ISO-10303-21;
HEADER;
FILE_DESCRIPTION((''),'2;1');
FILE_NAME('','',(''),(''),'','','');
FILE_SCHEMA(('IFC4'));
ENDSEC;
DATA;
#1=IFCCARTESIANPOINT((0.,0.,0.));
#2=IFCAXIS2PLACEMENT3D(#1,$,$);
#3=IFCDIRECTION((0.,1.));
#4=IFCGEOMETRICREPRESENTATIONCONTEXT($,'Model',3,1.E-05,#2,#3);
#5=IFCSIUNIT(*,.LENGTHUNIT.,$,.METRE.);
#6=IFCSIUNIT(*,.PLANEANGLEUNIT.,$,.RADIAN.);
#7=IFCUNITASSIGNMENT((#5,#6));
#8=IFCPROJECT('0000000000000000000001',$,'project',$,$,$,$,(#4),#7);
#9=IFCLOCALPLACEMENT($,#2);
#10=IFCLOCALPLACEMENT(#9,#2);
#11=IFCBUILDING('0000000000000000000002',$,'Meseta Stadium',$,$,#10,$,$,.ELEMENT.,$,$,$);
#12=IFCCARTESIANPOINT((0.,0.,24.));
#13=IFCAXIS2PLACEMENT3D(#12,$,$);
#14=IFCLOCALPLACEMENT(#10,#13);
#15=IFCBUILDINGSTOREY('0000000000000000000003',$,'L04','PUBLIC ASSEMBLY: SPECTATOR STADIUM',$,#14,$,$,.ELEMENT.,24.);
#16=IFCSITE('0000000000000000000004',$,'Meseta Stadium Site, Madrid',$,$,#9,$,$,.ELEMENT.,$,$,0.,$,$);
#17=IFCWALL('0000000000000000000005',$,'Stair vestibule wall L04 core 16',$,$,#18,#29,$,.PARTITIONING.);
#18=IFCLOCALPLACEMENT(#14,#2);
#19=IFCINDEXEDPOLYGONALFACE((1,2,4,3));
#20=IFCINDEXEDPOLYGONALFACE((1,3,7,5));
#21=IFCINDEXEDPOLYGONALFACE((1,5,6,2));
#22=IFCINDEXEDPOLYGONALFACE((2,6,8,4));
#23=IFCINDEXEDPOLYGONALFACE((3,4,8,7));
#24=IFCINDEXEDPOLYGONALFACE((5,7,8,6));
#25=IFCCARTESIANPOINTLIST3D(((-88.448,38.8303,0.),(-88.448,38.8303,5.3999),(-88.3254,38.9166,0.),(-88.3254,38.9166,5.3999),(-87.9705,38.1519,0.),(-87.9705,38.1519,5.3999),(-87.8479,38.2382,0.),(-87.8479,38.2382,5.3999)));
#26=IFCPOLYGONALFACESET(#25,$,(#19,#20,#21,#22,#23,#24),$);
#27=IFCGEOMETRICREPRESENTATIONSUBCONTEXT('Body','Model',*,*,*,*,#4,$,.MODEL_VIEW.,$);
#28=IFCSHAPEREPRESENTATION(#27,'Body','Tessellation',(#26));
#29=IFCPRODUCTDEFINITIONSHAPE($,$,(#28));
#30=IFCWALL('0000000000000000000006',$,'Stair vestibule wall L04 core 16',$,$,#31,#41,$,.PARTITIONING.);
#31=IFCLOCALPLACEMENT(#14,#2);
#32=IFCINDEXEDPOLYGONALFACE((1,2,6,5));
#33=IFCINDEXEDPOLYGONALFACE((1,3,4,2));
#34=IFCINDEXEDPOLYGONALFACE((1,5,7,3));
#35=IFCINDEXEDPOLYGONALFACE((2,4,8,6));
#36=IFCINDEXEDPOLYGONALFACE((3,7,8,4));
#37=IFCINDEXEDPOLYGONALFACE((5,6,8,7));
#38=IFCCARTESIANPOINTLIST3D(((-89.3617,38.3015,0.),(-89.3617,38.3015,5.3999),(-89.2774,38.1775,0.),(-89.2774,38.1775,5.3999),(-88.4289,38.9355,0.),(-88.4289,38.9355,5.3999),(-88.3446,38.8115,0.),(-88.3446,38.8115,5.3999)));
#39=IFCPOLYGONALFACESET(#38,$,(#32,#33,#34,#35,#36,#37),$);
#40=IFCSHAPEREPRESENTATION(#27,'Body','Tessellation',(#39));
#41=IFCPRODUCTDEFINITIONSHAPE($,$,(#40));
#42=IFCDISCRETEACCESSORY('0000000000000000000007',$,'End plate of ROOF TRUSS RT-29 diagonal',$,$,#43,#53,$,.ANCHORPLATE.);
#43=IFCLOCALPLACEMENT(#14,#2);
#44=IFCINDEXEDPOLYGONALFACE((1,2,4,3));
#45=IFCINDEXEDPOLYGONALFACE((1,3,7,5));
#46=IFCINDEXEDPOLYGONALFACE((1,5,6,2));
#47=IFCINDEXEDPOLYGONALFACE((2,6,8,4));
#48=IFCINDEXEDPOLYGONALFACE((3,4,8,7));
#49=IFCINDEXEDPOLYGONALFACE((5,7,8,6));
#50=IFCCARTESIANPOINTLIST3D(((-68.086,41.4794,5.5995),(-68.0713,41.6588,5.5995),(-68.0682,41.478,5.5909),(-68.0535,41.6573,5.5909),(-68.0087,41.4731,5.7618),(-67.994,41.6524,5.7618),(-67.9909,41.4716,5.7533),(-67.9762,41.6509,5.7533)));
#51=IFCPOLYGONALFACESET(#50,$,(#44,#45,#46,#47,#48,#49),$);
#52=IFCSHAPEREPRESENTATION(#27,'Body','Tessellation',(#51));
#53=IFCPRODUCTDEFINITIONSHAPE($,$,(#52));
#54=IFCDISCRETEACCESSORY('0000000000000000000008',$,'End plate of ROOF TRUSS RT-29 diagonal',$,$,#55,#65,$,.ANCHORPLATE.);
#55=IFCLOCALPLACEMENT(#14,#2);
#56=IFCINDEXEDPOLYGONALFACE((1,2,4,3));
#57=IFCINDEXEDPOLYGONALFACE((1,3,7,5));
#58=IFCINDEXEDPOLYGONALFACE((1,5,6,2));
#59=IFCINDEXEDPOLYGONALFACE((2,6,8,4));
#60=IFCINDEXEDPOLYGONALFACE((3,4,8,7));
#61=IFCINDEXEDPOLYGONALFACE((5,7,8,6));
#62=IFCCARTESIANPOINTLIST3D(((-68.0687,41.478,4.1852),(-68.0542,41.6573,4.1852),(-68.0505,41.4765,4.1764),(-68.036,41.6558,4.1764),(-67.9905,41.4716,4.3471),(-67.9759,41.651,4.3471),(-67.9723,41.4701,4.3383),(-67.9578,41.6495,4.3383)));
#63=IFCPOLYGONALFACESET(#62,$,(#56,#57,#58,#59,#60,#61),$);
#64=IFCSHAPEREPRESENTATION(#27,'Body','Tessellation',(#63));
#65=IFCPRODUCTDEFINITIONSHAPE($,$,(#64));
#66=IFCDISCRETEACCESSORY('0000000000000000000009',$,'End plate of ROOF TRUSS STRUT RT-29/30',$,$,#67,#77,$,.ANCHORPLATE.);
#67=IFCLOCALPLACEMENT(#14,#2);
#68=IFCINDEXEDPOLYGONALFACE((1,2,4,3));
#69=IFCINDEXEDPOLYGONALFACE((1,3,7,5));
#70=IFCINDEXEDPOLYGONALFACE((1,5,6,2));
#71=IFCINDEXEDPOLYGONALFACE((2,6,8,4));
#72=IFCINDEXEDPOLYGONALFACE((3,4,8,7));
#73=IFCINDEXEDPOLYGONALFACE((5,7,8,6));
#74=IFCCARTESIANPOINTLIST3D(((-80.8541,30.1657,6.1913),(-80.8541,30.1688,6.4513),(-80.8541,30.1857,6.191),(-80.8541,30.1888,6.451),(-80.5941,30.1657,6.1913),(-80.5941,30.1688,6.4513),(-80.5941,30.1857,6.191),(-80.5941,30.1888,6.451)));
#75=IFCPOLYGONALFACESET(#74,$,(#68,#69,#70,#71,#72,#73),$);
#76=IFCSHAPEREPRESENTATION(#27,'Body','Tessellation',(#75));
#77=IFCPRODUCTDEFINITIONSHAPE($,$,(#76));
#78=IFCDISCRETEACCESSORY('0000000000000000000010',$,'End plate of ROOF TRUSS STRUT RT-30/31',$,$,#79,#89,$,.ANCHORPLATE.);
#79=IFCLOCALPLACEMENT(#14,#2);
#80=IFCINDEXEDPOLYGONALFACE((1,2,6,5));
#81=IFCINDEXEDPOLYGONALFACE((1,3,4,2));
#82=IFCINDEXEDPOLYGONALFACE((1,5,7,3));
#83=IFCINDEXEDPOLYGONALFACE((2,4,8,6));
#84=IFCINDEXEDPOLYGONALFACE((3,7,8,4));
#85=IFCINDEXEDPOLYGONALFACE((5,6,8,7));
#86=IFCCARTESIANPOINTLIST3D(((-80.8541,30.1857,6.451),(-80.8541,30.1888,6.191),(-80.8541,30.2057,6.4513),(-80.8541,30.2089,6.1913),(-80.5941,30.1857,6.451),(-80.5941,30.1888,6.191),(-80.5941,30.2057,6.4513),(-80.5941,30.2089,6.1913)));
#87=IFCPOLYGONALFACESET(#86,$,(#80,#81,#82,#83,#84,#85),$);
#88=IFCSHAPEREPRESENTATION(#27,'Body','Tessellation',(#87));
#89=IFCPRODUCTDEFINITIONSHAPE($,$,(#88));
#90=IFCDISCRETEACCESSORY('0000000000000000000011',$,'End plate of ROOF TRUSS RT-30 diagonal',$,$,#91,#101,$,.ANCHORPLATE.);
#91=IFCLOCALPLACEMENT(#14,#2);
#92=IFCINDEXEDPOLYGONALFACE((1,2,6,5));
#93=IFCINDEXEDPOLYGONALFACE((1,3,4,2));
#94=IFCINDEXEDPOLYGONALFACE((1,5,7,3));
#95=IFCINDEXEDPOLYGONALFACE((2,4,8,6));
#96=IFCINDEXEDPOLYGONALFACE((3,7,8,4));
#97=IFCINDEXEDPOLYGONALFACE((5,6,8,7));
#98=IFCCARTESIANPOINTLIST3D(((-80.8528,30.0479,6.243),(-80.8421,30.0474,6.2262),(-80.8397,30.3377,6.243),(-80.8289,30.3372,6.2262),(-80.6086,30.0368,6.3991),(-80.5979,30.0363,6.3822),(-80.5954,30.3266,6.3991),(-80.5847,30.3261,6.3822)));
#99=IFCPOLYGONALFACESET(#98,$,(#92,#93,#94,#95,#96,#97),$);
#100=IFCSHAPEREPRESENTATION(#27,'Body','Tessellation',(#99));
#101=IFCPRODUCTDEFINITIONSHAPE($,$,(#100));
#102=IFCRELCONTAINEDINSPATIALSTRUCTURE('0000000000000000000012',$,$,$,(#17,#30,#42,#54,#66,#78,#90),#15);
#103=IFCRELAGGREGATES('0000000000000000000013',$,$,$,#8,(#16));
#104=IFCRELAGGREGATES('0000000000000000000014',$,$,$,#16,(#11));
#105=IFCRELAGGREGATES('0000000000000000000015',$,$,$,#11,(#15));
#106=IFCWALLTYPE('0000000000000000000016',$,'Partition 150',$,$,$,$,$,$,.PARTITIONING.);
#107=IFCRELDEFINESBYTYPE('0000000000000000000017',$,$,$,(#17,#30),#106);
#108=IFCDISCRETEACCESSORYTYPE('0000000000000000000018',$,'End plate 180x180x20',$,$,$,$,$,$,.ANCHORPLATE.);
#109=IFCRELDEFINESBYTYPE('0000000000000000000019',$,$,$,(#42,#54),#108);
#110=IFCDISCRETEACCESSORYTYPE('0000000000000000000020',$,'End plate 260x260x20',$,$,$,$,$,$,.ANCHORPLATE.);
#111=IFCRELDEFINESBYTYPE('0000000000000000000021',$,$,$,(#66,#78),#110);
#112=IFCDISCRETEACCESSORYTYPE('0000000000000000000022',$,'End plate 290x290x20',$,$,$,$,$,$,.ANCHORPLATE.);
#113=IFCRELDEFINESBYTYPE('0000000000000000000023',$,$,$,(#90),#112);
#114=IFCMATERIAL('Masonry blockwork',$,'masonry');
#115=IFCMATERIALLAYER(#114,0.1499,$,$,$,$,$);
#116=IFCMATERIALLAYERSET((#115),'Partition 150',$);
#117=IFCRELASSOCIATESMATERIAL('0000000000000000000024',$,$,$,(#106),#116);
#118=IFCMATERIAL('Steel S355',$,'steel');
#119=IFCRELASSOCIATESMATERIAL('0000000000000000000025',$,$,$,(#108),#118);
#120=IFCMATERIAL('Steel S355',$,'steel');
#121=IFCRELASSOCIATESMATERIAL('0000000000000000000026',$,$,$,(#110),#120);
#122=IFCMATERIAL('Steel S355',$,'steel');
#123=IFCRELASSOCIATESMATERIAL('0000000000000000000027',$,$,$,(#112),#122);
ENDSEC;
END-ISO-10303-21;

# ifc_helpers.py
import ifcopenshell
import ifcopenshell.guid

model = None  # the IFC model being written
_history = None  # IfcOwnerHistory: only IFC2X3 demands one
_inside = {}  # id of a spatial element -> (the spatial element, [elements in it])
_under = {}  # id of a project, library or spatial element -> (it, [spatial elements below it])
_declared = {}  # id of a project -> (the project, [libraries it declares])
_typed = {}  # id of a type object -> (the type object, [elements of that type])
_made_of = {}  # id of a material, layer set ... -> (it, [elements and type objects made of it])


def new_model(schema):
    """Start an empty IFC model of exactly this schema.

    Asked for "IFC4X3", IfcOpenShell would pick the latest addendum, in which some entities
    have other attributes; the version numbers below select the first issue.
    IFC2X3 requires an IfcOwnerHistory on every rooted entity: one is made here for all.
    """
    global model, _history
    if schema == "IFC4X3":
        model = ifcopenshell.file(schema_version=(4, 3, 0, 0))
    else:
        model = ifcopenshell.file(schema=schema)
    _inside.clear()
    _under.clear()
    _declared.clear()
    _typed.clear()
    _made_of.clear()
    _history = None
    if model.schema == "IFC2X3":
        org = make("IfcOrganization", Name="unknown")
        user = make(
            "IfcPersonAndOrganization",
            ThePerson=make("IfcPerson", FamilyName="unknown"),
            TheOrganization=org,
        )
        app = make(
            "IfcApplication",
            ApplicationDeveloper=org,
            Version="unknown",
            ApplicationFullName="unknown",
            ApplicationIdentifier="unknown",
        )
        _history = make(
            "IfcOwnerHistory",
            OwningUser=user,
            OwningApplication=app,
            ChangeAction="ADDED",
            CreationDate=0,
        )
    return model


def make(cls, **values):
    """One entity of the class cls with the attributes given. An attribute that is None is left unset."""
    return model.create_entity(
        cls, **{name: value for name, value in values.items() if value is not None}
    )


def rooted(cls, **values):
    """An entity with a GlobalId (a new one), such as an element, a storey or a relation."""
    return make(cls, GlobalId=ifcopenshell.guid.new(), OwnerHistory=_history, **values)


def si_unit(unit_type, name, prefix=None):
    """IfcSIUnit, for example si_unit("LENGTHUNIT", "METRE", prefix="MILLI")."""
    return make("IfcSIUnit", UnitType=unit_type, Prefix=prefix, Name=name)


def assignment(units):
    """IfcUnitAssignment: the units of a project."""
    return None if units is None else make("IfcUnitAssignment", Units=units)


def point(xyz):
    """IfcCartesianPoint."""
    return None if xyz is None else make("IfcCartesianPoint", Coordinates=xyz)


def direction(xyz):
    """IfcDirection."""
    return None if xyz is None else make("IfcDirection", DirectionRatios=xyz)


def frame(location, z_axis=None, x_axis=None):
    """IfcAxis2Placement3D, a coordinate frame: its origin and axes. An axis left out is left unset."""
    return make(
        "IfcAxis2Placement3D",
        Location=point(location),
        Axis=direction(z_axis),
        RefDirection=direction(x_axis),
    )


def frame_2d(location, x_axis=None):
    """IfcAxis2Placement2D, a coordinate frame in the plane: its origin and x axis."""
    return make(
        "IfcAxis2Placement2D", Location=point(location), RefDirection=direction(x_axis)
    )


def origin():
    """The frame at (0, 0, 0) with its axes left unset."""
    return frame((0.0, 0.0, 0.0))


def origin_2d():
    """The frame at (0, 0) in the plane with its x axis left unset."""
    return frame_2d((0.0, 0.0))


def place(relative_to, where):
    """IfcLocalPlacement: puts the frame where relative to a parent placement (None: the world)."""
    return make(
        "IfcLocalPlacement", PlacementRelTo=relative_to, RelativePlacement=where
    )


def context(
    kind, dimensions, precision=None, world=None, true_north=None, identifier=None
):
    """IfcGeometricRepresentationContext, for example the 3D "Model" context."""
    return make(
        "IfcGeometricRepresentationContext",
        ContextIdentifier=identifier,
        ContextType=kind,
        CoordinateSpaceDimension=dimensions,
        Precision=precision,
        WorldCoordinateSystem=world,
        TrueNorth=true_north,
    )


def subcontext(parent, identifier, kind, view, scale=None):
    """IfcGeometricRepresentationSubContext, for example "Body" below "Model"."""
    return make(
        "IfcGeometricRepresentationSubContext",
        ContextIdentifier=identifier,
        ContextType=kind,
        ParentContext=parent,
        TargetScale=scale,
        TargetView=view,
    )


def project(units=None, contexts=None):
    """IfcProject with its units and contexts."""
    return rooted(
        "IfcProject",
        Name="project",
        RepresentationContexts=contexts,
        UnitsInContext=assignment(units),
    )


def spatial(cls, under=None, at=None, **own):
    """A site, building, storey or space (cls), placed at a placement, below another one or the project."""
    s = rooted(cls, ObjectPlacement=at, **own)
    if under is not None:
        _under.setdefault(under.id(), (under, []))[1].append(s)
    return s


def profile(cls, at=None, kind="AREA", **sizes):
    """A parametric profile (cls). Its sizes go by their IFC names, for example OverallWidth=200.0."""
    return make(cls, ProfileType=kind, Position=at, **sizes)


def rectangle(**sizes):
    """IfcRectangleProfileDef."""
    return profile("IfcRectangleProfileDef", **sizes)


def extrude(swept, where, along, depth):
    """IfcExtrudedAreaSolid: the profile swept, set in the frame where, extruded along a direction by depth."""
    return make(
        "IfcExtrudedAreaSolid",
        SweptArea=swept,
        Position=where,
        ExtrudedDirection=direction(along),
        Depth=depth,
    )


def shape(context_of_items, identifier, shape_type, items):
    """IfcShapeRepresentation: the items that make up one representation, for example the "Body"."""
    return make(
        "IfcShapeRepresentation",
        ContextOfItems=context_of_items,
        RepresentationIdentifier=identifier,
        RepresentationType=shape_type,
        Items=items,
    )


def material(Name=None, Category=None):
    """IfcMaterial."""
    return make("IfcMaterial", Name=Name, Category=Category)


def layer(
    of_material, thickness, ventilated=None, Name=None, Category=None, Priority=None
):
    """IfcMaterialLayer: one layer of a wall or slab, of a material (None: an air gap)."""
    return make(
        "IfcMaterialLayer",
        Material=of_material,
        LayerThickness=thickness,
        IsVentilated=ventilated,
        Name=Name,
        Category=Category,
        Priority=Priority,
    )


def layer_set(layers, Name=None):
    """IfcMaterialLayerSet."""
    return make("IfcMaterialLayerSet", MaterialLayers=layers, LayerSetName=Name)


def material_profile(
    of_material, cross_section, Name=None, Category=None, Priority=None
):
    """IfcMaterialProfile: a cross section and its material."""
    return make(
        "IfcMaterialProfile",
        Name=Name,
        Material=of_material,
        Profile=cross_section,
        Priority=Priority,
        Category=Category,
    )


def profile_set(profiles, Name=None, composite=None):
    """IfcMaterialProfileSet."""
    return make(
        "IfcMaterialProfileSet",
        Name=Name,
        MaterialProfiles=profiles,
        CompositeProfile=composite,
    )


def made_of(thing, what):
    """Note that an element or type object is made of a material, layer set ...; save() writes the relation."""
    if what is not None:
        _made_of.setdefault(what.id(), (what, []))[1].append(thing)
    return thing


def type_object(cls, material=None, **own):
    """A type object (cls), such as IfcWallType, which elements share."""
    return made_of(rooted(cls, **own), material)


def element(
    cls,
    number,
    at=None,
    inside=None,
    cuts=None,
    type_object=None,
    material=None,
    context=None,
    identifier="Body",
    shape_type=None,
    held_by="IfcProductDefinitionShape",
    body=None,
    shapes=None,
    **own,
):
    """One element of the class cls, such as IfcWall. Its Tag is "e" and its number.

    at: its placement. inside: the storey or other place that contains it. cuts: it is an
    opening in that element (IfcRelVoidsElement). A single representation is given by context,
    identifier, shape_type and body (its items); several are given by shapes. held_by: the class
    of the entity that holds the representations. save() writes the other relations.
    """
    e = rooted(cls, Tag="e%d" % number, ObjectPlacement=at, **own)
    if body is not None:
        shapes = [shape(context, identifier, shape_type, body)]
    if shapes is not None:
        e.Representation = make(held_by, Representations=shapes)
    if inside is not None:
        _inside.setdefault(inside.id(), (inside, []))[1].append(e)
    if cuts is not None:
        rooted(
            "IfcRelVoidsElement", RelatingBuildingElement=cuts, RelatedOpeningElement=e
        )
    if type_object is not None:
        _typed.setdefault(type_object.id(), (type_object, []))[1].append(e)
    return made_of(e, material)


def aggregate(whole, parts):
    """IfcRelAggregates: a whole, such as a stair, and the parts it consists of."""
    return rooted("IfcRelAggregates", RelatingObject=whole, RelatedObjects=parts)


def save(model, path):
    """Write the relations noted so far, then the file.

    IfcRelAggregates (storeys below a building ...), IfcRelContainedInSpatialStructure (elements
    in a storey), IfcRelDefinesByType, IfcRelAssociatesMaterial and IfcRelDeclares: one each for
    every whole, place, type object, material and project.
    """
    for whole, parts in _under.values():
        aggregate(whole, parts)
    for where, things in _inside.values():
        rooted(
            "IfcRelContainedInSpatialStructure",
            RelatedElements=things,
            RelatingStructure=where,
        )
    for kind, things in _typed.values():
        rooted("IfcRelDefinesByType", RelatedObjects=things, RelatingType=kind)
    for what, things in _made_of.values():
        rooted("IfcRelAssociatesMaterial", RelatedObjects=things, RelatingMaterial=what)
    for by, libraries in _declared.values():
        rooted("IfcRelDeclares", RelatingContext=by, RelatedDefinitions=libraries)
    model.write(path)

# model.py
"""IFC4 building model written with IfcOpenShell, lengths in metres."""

from ifc_helpers import new_model, si_unit, direction, frame, frame_2d, origin, origin_2d, place, context, subcontext, project, spatial, rectangle, extrude, material, layer, layer_set, material_profile, profile_set, type_object, element, save


model = new_model("IFC4")

# Units and contexts
model_context = context("Model", 3, precision=1e-05, world=origin(), true_north=direction((0.0, 1.0)))
body_context = subcontext(model_context, "Body", "Model", "MODEL_VIEW")
ifc_project = project(units=[si_unit("LENGTHUNIT", "METRE"), si_unit("PLANEANGLEUNIT", "RADIAN")], contexts=[model_context])

# Site, building, storey
site_placement = place(None, origin())
site = spatial("IfcSite", under=ifc_project, at=site_placement, Name="Meseta Stadium Site, Madrid", CompositionType="ELEMENT", RefElevation=0.0)
building_placement = place(site_placement, origin())
building = spatial("IfcBuilding", under=site, at=building_placement, Name="Meseta Stadium", CompositionType="ELEMENT")
storey_placement = place(building_placement, frame((0.0, 0.0, 24.0)))
storey = spatial("IfcBuildingStorey", under=building, at=storey_placement, Name="L04", Description="PUBLIC ASSEMBLY: SPECTATOR STADIUM", CompositionType="ELEMENT", Elevation=24.0)

# Shared definitions
ifc_material_1 = material(Name="Masonry blockwork", Category="masonry")
ifc_layer_1 = layer(ifc_material_1, 0.1499)
ifc_layer_set_1 = layer_set([ifc_layer_1], Name="Partition 150")
wall_type_1 = type_object("IfcWallType", Name="Partition 150", PredefinedType="PARTITIONING", material=ifc_layer_set_1)

# Walls
wall_1_placement = place(storey_placement, frame((-87.9092, 38.1951, 0.0), z_axis=(0.0, 0.0, 1.0), x_axis=(-0.575574, 0.81775, 0.0)))
element("IfcWall", 1, at=wall_1_placement, inside=storey, type_object=wall_type_1, Name="Stair vestibule wall L04 core 16", PredefinedType="PARTITIONING", context=body_context, shape_type="SweptSolid", body=[
    extrude(rectangle(XDim=0.8296, YDim=0.1499, at=frame_2d((0.4148, 0.0))), origin(), (0.0, 0.0, 1.0), 5.3999),
])
wall_2_placement = place(storey_placement, frame((-88.3867, 38.8735, 0.0), z_axis=(0.0, 0.0, 1.0), x_axis=(-0.827055, -0.562121, 0.0)))
element("IfcWall", 2, at=wall_2_placement, inside=storey, type_object=wall_type_1, Name="Stair vestibule wall L04 core 16", PredefinedType="PARTITIONING", context=body_context, shape_type="SweptSolid", body=[
    extrude(rectangle(XDim=1.1279, YDim=0.1499, at=frame_2d((0.564, 0.0))), origin(), (0.0, 0.0, 1.0), 5.3999),
])

# Discrete accessories
ifc_material_2 = material(Name="Steel S355", Category="steel")
ifc_material_profile_1 = material_profile(ifc_material_2, rectangle(XDim=0.1799, YDim=0.1799, at=origin_2d()), Name="PL 180x180")
ifc_profile_set_1 = profile_set([ifc_material_profile_1], Name="Steel S355")
discrete_accessory_type_1 = type_object("IfcDiscreteAccessoryType", Name="End plate 180x180x20", PredefinedType="ANCHORPLATE", material=ifc_profile_set_1)
discrete_accessory_1_placement = place(storey_placement, frame((-68.0222, 41.5645, 5.6721), z_axis=(-0.899249, 0.073911, 0.431147), x_axis=(-0.081916, -0.996639, 0.0)))
element("IfcDiscreteAccessory", 3, at=discrete_accessory_1_placement, inside=storey, type_object=discrete_accessory_type_1, Name="End plate of ROOF TRUSS RT-29 diagonal", PredefinedType="ANCHORPLATE", context=body_context, shape_type="SweptSolid", body=[
    extrude(rectangle(XDim=0.1799, YDim=0.1799, at=origin_2d()), origin(), (0.0, 0.0, 1.0), 0.0198),
])
discrete_accessory_2_placement = place(storey_placement, frame((-68.0042, 41.563, 4.2573), z_axis=(-0.896854, 0.072718, 0.436308), x_axis=(-0.080816, -0.996729, 0.0)))
element("IfcDiscreteAccessory", 4, at=discrete_accessory_2_placement, inside=storey, type_object=discrete_accessory_type_1, Name="End plate of ROOF TRUSS RT-29 diagonal", PredefinedType="ANCHORPLATE", context=body_context, shape_type="SweptSolid", body=[
    extrude(rectangle(XDim=0.1799, YDim=0.1799, at=origin_2d()), origin(), (0.0, 0.0, 1.0), 0.0203),
])
ifc_material_3 = material(Name="Steel S355", Category="steel")
ifc_material_profile_2 = material_profile(ifc_material_3, rectangle(XDim=0.26, YDim=0.26, at=origin_2d()), Name="PL 260x260")
ifc_profile_set_2 = profile_set([ifc_material_profile_2], Name="Steel S355")
discrete_accessory_type_2 = type_object("IfcDiscreteAccessoryType", Name="End plate 260x260x20", PredefinedType="ANCHORPLATE", material=ifc_profile_set_2)
for number, where, z_axis, x_axis, name in (
    (5, (-80.7241, 30.1873, 6.321), (0.0, -0.999926, 0.012194), (1.0, 0.0, 0.0), "End plate of ROOF TRUSS STRUT RT-29/30"),
    (6, (-80.7241, 30.2073, 6.3213), (0.0, -0.999926, -0.012194), (1.0, 0.0, 0.0), "End plate of ROOF TRUSS STRUT RT-30/31"),
):
    element("IfcDiscreteAccessory", number, at=place(storey_placement, frame(where, z_axis=z_axis, x_axis=x_axis)), inside=storey, type_object=discrete_accessory_type_2, Name=name, PredefinedType="ANCHORPLATE", context=body_context, shape_type="SweptSolid", body=[
        extrude(rectangle(XDim=0.26, YDim=0.26, at=origin_2d()), origin(), (0.0, 0.0, 1.0), 0.02),
    ])
ifc_material_4 = material(Name="Steel S355", Category="steel")
ifc_material_profile_3 = material_profile(ifc_material_4, rectangle(XDim=0.29, YDim=0.29, at=origin_2d()), Name="PL 290x290")
ifc_profile_set_3 = profile_set([ifc_material_profile_3], Name="Steel S355")
discrete_accessory_type_3 = type_object("IfcDiscreteAccessoryType", Name="End plate 290x290x20", PredefinedType="ANCHORPLATE", material=ifc_profile_set_3)
discrete_accessory_3_placement = place(storey_placement, frame((-80.7134, 30.1868, 6.3042), z_axis=(-0.537505, 0.024432, 0.842906), x_axis=(-0.045408, -0.998969, 0.0)))
element("IfcDiscreteAccessory", 7, at=discrete_accessory_3_placement, inside=storey, type_object=discrete_accessory_type_3, Name="End plate of ROOF TRUSS RT-30 diagonal", PredefinedType="ANCHORPLATE", context=body_context, shape_type="SweptSolid", body=[
    extrude(rectangle(XDim=0.29, YDim=0.29, at=origin_2d()), origin(), (0.0, 0.0, 1.0), 0.02),
])

save(model, "model.ifc")
